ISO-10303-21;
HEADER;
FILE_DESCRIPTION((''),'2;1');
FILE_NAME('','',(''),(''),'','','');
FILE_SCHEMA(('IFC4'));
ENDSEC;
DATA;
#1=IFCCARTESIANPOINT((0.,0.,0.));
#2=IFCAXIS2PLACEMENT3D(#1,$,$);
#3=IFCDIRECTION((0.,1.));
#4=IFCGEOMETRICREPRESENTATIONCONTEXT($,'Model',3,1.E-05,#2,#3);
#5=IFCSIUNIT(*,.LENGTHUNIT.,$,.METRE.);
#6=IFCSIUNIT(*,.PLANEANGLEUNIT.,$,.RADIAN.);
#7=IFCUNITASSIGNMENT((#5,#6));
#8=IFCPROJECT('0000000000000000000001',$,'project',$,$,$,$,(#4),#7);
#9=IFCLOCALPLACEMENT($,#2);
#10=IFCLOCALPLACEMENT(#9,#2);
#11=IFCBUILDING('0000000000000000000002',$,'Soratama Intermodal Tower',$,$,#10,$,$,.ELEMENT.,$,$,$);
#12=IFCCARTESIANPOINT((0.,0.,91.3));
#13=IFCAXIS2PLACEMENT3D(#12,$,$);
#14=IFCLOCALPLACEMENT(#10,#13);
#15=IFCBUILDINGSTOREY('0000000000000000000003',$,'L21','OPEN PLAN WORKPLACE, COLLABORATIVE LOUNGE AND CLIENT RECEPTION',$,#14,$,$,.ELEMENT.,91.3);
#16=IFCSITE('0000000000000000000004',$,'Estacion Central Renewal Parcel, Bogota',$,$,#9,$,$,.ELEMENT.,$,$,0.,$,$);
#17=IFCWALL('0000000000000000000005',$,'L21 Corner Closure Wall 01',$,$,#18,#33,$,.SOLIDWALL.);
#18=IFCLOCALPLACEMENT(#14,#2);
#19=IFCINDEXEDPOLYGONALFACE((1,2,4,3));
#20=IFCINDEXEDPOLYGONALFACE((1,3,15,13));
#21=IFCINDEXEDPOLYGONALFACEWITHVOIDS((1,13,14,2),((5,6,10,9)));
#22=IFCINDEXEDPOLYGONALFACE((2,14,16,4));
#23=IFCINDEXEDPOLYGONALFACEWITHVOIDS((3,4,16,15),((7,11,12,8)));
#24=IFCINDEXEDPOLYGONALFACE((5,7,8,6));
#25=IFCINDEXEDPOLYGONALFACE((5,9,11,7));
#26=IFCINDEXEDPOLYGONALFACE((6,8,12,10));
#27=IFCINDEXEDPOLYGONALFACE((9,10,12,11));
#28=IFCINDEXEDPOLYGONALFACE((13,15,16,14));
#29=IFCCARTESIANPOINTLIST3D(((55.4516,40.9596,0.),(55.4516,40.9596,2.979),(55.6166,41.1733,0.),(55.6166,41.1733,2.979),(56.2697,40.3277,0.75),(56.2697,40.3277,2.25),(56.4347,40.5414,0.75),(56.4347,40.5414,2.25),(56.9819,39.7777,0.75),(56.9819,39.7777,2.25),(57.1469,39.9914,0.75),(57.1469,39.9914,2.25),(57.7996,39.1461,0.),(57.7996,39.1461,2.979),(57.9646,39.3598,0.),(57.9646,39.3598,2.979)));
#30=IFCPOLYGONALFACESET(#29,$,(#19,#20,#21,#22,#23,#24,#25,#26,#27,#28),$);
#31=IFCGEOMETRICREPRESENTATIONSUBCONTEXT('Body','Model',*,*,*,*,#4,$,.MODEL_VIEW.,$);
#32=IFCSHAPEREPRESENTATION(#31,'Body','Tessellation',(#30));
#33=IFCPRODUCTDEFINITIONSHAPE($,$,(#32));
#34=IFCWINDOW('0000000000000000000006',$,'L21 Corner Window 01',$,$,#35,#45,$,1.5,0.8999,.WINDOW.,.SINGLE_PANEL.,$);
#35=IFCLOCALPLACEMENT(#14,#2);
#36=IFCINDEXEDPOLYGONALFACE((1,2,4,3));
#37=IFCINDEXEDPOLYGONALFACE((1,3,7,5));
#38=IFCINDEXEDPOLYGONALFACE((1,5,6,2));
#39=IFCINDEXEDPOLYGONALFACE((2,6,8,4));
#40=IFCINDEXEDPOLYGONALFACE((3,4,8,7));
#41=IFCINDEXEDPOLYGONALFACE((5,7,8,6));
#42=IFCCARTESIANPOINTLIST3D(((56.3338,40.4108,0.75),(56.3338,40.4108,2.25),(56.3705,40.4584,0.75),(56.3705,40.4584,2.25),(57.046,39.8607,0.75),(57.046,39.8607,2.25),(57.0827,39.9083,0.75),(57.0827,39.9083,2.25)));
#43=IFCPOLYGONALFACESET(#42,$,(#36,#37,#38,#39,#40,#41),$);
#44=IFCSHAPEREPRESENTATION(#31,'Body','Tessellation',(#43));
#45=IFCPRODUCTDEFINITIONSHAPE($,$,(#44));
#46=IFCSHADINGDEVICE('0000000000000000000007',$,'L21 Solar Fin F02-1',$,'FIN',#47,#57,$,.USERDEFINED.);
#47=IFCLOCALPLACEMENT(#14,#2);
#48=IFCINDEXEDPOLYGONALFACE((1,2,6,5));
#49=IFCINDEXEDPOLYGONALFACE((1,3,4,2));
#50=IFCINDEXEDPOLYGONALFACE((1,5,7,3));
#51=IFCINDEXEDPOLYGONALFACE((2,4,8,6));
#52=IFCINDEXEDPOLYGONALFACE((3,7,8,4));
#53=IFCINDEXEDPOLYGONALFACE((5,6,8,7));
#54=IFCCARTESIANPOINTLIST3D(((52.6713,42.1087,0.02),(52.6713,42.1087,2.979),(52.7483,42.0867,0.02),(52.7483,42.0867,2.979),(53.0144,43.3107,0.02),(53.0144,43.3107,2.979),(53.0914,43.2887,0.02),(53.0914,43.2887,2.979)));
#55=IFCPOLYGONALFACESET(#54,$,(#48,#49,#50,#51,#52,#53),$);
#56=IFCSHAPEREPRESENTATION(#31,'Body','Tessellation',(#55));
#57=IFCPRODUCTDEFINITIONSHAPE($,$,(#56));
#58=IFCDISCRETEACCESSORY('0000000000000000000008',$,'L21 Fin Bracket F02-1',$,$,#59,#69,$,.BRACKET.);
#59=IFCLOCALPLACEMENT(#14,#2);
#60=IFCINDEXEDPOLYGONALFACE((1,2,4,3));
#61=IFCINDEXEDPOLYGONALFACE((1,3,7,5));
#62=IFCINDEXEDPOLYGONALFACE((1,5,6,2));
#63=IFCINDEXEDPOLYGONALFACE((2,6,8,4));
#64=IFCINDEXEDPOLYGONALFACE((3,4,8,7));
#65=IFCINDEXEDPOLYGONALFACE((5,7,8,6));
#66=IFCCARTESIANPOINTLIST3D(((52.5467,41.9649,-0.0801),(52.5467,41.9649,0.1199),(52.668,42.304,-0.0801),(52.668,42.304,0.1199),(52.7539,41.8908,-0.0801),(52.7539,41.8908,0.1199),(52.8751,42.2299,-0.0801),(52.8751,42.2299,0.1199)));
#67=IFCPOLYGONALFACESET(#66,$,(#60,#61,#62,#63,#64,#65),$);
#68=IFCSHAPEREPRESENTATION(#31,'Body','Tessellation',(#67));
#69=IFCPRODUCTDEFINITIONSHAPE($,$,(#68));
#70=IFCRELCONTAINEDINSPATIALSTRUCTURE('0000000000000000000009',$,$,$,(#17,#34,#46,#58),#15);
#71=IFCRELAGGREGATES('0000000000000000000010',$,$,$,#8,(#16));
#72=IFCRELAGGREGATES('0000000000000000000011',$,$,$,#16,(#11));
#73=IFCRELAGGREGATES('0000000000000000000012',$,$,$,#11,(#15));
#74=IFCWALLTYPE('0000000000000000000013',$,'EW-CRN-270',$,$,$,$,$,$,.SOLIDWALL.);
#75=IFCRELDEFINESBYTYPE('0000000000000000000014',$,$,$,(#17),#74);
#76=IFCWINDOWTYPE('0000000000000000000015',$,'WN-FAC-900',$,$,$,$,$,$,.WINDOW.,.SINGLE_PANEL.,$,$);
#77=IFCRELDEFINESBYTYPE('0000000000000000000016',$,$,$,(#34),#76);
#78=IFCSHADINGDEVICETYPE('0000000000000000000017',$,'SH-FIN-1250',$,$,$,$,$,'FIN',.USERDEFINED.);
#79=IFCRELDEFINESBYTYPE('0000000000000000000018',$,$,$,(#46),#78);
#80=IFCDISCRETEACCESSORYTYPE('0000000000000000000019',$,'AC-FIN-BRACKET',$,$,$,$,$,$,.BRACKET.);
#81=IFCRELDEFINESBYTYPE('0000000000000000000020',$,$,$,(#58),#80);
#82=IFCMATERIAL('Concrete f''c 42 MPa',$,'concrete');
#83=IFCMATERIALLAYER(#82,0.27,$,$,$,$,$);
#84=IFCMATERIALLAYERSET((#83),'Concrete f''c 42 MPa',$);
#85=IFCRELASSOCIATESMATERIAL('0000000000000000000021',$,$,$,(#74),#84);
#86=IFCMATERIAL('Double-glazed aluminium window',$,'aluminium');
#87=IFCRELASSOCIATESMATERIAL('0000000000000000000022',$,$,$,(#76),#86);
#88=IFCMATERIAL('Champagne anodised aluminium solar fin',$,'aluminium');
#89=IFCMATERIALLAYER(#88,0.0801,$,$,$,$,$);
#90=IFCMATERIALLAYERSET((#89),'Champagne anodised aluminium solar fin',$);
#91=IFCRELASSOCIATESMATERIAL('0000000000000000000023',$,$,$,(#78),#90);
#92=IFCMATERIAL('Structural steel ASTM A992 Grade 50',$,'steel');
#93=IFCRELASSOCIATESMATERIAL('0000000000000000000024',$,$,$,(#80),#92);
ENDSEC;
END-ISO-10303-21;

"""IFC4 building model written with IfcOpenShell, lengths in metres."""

from ifc_helpers import new_model, si_unit, direction, frame, frame_2d, origin, origin_2d, place, context, subcontext, project, spatial, rectangle, extrude, material, layer, layer_set, type_object, element, fill, save


model = new_model("IFC4")

# Units and contexts
model_context = context("Model", 3, precision=1e-05, world=origin(), true_north=direction((0.0, 1.0)))
body_context = subcontext(model_context, "Body", "Model", "MODEL_VIEW")
ifc_project = project(units=[si_unit("LENGTHUNIT", "METRE"), si_unit("PLANEANGLEUNIT", "RADIAN")], contexts=[model_context])

# Site, building, storey
site_placement = place(None, origin())
site = spatial("IfcSite", under=ifc_project, at=site_placement, Name="Estacion Central Renewal Parcel, Bogota", CompositionType="ELEMENT", RefElevation=0.0)
building_placement = place(site_placement, origin())
building = spatial("IfcBuilding", under=site, at=building_placement, Name="Soratama Intermodal Tower", CompositionType="ELEMENT")
storey_placement = place(building_placement, frame((0.0, 0.0, 91.3)))
storey = spatial("IfcBuildingStorey", under=building, at=storey_placement, Name="L21", Description="OPEN PLAN WORKPLACE, COLLABORATIVE LOUNGE AND CLIENT RECEPTION", CompositionType="ELEMENT", Elevation=91.3)

# Wall, opening, window
ifc_material_1 = material(Name="Concrete f'c 42 MPa", Category="concrete")
ifc_layer_1 = layer(ifc_material_1, 0.27)
ifc_layer_set_1 = layer_set([ifc_layer_1], Name="Concrete f'c 42 MPa")
wall_type = type_object("IfcWallType", Name="EW-CRN-270", PredefinedType="SOLIDWALL", material=ifc_layer_set_1)
wall_placement = place(storey_placement, frame((57.8821, 39.2529, 0.0), z_axis=(0.0, 0.0, 1.0), x_axis=(-0.791417, 0.611277, 0.0)))
wall = element("IfcWall", 1, at=wall_placement, inside=storey, type_object=wall_type, Name="L21 Corner Closure Wall 01", PredefinedType="SOLIDWALL", context=body_context, shape_type="SweptSolid", body=[
    extrude(rectangle(XDim=2.9668, YDim=0.27, at=frame_2d((1.4834, 0.0))), origin(), (0.0, 0.0, 1.0), 2.979),
])
opening_placement = place(wall_placement, frame((1.0332, 0.0, 0.75)))
opening = element("IfcOpeningElement", 2, at=opening_placement, cuts=wall, PredefinedType="OPENING", context=body_context, shape_type="SweptSolid", body=[
    extrude(rectangle(XDim=0.8999, YDim=1.5, at=frame_2d((0.45, 0.75))), frame((0.0, 0.145, 0.0), z_axis=(0.0, -1.0, 0.0), x_axis=(1.0, 0.0, 0.0)), (0.0, 0.0, 1.0), 0.29),
])
ifc_material_2 = material(Name="Double-glazed aluminium window", Category="aluminium")
window_type = type_object("IfcWindowType", Name="WN-FAC-900", PartitioningType="SINGLE_PANEL", PredefinedType="WINDOW", material=ifc_material_2)
window_placement = place(opening_placement, origin())
window = element("IfcWindow", 3, at=window_placement, inside=storey, type_object=window_type, Name="L21 Corner Window 01", OverallHeight=1.5, OverallWidth=0.8999, PartitioningType="SINGLE_PANEL", PredefinedType="WINDOW", context=body_context, shape_type="SweptSolid", body=[
    extrude(rectangle(XDim=0.8999, YDim=1.5, at=frame_2d((0.45, 0.75))), frame((0.0, 0.03, 0.0), z_axis=(0.0, -1.0, 0.0), x_axis=(1.0, 0.0, 0.0)), (0.0, 0.0, 1.0), 0.0601),
])
fill(opening, window)

# Shading device
ifc_material_3 = material(Name="Champagne anodised aluminium solar fin", Category="aluminium")
ifc_layer_2 = layer(ifc_material_3, 0.0801)
ifc_layer_set_2 = layer_set([ifc_layer_2], Name="Champagne anodised aluminium solar fin")
shading_device_type = type_object("IfcShadingDeviceType", Name="SH-FIN-1250", ElementType="FIN", PredefinedType="USERDEFINED", material=ifc_layer_set_2)
shading_device_placement = place(storey_placement, frame((52.8813, 42.6987, 0.02), z_axis=(0.0, 0.0, 1.0), x_axis=(0.274463, 0.961598, 0.0)))
element("IfcShadingDevice", 4, at=shading_device_placement, inside=storey, type_object=shading_device_type, Name="L21 Solar Fin F02-1", ObjectType="FIN", PredefinedType="USERDEFINED", context=body_context, shape_type="SweptSolid", body=[
    extrude(rectangle(XDim=1.25, YDim=0.0801, at=origin_2d()), origin(), (0.0, 0.0, 1.0), 2.959),
])

# Discrete accessory
ifc_material_4 = material(Name="Structural steel ASTM A992 Grade 50", Category="steel")
discrete_accessory_type = type_object("IfcDiscreteAccessoryType", Name="AC-FIN-BRACKET", PredefinedType="BRACKET", material=ifc_material_4)
discrete_accessory_placement = place(storey_placement, frame((52.7109, 42.0974, -0.0801), z_axis=(0.0, 0.0, 1.0), x_axis=(0.336767, 0.941588, 0.0)))
element("IfcDiscreteAccessory", 5, at=discrete_accessory_placement, inside=storey, type_object=discrete_accessory_type, Name="L21 Fin Bracket F02-1", PredefinedType="BRACKET", context=body_context, shape_type="SweptSolid", body=[
    extrude(rectangle(XDim=0.3601, YDim=0.22, at=origin_2d()), origin(), (0.0, 0.0, 1.0), 0.2),
])

save(model, "model.ifc")
